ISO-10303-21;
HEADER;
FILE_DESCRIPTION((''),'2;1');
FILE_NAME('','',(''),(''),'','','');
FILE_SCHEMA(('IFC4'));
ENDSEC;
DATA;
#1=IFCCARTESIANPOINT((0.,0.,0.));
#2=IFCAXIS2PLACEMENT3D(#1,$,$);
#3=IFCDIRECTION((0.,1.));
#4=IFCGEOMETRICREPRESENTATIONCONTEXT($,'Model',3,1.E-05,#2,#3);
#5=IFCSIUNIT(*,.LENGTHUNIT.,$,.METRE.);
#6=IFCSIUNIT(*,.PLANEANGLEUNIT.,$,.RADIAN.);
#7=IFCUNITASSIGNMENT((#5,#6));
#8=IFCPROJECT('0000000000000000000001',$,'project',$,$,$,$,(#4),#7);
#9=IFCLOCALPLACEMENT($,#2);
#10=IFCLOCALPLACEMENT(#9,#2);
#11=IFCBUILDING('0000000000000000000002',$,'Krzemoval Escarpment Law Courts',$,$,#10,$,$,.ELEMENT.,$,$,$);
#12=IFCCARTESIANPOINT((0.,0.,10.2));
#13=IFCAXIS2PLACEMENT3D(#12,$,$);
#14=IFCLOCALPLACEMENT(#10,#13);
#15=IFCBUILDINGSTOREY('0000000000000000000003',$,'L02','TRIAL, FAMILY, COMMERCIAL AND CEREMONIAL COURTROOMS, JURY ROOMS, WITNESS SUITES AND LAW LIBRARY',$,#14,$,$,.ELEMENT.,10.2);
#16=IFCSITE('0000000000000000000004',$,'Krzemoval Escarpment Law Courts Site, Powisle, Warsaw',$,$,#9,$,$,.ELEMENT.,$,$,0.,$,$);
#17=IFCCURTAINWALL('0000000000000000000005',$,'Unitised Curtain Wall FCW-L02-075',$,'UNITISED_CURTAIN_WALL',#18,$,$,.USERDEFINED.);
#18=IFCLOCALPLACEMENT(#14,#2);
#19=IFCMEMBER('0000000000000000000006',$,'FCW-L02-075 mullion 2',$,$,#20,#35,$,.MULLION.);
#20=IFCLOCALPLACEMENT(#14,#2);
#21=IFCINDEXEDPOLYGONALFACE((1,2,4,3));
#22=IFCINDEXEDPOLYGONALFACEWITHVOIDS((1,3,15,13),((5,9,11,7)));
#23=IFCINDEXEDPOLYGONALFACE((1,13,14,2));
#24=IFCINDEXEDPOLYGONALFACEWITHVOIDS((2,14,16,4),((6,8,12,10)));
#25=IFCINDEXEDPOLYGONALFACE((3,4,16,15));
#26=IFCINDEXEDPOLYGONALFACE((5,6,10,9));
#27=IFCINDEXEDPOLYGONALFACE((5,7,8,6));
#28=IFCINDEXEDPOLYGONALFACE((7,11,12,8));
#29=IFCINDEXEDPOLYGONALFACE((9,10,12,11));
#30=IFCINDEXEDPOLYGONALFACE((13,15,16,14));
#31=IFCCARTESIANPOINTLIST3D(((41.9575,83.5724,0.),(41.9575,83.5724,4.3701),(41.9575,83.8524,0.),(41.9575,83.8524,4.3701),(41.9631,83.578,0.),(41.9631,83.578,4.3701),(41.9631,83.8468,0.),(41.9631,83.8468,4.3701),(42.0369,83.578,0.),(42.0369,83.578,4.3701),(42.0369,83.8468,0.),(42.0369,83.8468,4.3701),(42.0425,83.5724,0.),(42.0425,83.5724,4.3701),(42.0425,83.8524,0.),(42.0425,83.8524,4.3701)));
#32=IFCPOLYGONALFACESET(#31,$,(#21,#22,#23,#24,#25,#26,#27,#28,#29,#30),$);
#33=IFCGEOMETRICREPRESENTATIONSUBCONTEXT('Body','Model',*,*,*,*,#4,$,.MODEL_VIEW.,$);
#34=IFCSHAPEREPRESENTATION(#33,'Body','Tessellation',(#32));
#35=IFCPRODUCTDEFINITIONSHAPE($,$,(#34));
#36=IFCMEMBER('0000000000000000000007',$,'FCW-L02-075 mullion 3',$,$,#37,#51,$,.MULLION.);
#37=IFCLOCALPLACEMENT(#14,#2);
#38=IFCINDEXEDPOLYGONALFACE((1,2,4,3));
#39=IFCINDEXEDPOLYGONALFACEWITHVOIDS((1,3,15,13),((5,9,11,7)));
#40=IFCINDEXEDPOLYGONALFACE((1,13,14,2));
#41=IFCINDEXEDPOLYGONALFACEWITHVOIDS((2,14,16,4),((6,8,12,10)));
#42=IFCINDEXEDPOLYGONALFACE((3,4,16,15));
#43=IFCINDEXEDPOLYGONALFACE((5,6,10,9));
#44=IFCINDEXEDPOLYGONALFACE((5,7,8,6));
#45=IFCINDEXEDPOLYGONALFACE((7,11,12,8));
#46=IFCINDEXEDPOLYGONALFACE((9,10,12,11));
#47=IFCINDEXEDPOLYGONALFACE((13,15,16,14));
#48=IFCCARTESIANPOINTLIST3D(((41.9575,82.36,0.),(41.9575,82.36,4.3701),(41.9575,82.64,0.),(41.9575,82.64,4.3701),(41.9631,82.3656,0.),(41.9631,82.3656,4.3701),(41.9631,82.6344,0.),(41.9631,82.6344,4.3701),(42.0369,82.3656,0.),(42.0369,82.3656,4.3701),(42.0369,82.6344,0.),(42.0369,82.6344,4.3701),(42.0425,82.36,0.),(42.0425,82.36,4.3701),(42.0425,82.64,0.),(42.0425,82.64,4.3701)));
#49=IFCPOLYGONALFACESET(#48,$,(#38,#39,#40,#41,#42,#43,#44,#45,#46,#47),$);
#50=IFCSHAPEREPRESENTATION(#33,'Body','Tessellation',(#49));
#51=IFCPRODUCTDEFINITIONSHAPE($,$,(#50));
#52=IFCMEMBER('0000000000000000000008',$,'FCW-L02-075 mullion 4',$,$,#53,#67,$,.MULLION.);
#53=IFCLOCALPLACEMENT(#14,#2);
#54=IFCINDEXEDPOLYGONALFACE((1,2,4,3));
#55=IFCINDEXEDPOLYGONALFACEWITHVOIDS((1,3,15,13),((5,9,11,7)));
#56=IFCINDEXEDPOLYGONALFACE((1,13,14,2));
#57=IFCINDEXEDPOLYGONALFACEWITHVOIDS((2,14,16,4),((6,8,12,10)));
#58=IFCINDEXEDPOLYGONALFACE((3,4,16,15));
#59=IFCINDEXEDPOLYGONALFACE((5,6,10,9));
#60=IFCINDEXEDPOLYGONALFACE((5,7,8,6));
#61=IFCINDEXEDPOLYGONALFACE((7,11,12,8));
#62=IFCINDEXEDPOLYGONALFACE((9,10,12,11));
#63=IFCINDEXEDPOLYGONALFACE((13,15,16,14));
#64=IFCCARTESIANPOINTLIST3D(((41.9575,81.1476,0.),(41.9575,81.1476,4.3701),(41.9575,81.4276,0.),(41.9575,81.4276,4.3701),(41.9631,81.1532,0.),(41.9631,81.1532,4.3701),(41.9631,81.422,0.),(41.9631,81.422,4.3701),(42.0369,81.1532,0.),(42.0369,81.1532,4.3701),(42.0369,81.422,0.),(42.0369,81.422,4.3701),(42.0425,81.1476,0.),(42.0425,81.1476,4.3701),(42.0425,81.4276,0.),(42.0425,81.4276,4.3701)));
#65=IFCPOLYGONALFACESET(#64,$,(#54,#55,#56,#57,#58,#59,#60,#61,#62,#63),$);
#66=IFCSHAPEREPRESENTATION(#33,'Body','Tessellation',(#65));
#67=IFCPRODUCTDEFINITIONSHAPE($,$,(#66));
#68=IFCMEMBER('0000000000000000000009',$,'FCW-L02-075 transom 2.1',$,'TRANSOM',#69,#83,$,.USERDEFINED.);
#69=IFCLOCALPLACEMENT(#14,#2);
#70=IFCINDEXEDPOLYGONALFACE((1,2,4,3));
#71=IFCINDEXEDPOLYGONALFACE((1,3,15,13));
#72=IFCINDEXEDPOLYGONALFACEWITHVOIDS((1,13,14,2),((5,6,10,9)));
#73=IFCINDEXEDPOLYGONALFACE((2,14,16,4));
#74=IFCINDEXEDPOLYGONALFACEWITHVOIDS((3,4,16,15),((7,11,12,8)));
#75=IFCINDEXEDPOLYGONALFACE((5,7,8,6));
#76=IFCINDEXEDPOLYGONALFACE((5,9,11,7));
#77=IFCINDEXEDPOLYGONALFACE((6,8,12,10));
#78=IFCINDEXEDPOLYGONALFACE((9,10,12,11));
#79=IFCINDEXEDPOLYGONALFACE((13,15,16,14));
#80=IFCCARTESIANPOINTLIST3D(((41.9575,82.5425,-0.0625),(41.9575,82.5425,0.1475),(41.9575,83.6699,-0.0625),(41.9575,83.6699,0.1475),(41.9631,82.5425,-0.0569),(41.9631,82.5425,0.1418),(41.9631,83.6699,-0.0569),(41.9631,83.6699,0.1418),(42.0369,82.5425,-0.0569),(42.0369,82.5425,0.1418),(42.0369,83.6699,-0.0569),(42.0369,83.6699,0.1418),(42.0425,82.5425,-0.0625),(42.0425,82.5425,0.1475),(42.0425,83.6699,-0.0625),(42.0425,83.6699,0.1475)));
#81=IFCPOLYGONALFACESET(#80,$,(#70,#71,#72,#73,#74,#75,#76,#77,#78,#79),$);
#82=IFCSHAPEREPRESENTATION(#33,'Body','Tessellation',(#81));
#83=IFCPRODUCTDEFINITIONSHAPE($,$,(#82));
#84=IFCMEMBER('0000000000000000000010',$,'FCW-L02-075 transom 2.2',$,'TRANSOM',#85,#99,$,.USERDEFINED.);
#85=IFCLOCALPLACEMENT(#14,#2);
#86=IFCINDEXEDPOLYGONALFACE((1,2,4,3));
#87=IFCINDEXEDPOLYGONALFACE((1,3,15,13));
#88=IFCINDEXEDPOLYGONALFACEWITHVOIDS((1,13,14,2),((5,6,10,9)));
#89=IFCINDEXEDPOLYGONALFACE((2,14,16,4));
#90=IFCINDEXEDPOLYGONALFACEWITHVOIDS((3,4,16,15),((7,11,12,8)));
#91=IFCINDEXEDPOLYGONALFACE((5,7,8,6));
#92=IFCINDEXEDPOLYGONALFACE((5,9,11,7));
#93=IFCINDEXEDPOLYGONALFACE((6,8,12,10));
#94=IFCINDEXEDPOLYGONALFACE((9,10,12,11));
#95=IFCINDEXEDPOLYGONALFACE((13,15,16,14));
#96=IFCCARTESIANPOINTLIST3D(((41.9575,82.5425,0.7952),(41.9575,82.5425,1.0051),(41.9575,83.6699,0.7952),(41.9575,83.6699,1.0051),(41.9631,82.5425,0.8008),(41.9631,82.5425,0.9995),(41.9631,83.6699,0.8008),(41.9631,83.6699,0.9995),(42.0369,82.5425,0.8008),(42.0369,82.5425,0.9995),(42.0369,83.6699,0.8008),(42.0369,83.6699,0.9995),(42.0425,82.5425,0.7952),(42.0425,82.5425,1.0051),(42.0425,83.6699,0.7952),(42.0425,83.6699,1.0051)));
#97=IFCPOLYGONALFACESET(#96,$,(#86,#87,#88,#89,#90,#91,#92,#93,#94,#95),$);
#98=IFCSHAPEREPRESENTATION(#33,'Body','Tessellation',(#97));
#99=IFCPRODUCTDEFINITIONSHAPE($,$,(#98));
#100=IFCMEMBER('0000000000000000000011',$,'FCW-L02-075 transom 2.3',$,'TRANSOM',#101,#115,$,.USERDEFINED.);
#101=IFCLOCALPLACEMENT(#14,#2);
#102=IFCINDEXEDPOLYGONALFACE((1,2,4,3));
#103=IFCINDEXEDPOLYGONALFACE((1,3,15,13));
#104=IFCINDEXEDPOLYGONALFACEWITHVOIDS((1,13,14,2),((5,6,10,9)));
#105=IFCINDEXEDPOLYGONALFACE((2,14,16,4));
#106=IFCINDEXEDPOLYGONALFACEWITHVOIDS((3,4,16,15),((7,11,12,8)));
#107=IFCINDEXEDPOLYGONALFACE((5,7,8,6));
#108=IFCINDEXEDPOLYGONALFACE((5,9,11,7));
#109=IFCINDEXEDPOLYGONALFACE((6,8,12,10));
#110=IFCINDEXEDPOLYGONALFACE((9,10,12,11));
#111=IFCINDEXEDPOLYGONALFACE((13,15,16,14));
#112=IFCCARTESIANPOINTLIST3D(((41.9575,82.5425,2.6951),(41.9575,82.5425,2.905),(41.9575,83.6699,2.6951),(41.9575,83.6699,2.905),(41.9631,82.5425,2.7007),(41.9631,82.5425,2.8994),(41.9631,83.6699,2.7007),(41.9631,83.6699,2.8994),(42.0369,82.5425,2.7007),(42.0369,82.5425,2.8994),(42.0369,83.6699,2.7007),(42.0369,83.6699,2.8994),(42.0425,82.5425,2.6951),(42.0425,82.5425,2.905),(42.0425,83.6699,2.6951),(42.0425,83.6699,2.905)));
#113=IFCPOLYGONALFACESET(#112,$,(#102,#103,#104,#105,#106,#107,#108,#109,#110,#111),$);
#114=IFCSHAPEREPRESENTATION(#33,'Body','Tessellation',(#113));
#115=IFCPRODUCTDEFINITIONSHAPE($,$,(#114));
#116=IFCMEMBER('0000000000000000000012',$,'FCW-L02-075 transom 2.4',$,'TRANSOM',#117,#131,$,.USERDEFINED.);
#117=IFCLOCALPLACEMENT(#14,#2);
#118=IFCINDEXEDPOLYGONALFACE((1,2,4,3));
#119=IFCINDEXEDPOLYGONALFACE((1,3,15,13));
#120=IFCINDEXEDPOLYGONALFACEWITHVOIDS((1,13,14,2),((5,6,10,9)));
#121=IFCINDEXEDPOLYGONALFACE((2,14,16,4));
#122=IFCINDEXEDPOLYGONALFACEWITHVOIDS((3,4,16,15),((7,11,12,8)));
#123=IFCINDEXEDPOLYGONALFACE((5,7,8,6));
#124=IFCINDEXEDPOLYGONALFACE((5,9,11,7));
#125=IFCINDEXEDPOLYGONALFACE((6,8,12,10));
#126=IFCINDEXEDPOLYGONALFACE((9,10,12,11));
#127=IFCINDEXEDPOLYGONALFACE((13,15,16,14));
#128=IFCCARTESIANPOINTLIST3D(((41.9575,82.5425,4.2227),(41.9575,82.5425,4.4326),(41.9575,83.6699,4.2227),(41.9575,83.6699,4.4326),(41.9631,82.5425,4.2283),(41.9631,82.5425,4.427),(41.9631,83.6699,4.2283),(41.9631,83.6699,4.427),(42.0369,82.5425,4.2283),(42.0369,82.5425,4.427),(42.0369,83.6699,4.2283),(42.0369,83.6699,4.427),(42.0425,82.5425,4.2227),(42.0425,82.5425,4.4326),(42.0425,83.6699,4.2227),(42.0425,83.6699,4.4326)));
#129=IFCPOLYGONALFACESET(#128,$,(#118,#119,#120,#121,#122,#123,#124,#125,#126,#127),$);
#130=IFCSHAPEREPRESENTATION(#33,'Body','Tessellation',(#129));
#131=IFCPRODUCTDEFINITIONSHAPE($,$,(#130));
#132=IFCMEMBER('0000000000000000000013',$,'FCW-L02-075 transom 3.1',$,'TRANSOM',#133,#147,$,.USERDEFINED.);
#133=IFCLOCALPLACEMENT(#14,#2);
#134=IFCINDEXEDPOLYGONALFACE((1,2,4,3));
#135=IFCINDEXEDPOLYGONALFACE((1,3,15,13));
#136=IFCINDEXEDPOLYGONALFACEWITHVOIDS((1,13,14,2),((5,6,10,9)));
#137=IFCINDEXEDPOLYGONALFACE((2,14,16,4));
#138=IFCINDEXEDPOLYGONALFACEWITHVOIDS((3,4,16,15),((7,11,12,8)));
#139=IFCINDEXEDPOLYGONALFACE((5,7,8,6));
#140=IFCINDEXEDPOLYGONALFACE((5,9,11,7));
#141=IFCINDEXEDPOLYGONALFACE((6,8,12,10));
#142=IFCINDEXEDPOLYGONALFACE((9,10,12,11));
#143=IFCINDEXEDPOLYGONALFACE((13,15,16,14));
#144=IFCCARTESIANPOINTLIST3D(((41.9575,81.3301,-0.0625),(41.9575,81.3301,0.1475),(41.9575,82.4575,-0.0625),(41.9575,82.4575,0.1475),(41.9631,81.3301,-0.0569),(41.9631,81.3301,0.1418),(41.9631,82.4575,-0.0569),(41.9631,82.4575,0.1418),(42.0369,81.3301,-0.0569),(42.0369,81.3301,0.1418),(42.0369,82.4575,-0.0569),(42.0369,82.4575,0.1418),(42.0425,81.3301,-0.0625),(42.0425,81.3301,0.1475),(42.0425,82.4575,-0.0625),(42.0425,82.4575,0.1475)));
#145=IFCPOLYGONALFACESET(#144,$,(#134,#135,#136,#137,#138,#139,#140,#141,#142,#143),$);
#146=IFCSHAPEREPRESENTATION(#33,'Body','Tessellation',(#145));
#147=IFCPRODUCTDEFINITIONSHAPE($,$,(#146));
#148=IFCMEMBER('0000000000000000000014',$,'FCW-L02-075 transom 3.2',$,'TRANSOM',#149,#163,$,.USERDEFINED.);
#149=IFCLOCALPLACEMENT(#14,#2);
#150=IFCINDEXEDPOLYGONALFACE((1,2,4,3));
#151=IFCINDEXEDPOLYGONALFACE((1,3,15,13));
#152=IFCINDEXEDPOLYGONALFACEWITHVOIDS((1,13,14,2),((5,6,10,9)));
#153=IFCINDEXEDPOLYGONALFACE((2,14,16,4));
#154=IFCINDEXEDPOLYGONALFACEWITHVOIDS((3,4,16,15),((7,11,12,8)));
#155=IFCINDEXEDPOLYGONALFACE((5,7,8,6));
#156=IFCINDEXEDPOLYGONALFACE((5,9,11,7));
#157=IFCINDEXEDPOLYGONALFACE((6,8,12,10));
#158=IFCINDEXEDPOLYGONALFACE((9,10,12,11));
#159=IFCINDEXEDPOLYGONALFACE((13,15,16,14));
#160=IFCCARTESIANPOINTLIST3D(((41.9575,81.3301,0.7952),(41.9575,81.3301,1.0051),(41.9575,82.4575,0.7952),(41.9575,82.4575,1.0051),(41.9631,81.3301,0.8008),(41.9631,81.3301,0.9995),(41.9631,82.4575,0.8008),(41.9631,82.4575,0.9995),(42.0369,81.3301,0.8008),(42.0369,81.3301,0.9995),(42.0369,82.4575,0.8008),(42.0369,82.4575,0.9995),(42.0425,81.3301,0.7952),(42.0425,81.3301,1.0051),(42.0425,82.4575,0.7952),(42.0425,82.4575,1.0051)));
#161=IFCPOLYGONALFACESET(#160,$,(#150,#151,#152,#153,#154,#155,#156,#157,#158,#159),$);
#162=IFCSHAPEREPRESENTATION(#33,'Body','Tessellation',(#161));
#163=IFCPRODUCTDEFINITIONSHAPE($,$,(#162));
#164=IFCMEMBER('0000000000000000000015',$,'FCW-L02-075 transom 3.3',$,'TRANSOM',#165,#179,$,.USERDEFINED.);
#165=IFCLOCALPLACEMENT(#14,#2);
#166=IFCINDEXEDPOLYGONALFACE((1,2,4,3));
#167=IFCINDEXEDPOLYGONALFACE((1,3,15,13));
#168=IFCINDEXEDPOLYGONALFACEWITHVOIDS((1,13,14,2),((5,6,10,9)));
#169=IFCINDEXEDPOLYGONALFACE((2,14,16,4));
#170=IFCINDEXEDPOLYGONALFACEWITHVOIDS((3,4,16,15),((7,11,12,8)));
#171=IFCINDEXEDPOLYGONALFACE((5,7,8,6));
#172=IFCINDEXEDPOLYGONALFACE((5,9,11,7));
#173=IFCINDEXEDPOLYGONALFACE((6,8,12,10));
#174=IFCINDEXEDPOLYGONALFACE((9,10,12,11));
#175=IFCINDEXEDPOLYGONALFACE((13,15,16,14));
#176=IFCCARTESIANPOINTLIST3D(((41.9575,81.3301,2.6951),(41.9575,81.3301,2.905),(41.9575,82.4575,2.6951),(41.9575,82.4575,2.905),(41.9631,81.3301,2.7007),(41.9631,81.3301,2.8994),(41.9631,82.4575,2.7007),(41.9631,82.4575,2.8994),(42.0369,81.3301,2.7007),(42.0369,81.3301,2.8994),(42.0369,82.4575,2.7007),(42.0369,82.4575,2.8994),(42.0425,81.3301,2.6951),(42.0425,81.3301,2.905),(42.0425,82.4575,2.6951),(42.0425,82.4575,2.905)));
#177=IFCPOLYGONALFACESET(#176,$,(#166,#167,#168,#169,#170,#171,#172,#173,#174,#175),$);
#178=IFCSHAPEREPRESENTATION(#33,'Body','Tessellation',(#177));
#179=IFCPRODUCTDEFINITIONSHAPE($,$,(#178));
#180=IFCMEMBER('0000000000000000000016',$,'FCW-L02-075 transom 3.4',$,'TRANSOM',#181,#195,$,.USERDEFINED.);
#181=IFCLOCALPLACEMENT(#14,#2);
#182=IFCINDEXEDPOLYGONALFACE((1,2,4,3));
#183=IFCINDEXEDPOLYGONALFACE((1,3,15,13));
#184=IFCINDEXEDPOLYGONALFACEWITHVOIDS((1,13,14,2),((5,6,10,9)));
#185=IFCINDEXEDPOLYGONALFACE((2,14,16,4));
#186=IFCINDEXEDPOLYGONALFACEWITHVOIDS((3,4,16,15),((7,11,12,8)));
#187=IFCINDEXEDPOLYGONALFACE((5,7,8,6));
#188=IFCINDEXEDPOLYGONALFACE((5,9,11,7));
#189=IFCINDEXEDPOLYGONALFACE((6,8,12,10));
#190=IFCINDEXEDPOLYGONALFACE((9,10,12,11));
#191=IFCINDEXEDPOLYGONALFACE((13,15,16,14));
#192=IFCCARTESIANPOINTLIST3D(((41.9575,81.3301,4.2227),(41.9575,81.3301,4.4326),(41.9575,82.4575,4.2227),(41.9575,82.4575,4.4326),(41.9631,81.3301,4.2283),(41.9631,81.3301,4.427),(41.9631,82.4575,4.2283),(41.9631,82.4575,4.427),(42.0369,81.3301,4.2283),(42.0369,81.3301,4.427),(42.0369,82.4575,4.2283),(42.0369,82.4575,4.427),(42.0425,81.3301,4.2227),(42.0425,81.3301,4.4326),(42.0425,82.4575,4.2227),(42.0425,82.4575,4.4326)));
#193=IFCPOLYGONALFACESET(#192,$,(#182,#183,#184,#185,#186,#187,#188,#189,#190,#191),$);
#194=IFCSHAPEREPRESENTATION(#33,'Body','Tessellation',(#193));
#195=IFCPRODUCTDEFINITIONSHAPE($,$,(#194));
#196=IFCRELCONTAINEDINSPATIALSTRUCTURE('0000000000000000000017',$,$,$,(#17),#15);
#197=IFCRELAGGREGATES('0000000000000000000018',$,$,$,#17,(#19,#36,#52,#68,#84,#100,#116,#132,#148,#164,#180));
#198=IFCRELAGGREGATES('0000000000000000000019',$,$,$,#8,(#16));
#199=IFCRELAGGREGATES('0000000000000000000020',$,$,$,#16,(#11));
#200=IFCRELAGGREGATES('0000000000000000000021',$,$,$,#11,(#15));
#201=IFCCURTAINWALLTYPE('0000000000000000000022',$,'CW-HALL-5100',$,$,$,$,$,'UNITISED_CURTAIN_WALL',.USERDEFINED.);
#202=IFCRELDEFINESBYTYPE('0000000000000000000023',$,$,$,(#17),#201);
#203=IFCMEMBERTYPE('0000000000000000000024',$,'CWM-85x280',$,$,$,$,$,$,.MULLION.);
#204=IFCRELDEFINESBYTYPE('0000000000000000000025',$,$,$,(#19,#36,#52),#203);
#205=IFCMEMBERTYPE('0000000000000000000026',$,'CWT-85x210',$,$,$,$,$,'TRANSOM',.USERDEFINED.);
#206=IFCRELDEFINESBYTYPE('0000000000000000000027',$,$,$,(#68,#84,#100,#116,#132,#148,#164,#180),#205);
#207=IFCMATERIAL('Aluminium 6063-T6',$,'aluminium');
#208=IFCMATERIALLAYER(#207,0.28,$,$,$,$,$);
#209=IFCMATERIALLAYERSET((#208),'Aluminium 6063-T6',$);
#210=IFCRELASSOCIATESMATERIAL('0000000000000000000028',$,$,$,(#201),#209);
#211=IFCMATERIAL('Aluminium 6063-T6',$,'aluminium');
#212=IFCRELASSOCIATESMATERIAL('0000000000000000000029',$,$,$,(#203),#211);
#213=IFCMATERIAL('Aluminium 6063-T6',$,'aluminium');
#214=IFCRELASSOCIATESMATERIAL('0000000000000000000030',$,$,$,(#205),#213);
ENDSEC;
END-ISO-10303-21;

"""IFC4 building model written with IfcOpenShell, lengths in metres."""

from ifc_helpers import new_model, si_unit, direction, frame, origin, origin_2d, place, context, subcontext, project, spatial, hollow_rectangle, extrude, material, layer, layer_set, material_profile, profile_set, type_object, element, aggregate, save


model = new_model("IFC4")

# Units and contexts
model_context = context("Model", 3, precision=1e-05, world=origin(), true_north=direction((0.0, 1.0)))
body_context = subcontext(model_context, "Body", "Model", "MODEL_VIEW")
ifc_project = project(units=[si_unit("LENGTHUNIT", "METRE"), si_unit("PLANEANGLEUNIT", "RADIAN")], contexts=[model_context])

# Site, building, storey
site_placement = place(None, origin())
site = spatial("IfcSite", under=ifc_project, at=site_placement, Name="Krzemoval Escarpment Law Courts Site, Powisle, Warsaw", CompositionType="ELEMENT", RefElevation=0.0)
building_placement = place(site_placement, origin())
building = spatial("IfcBuilding", under=site, at=building_placement, Name="Krzemoval Escarpment Law Courts", CompositionType="ELEMENT")
storey_placement = place(building_placement, frame((0.0, 0.0, 10.2)))
storey = spatial("IfcBuildingStorey", under=building, at=storey_placement, Name="L02", Description="TRIAL, FAMILY, COMMERCIAL AND CEREMONIAL COURTROOMS, JURY ROOMS, WITNESS SUITES AND LAW LIBRARY", CompositionType="ELEMENT", Elevation=10.2)

# Curtain wall, members
ifc_material_1 = material(Name="Aluminium 6063-T6", Category="aluminium")
ifc_layer_1 = layer(ifc_material_1, 0.28)
ifc_layer_set_1 = layer_set([ifc_layer_1], Name="Aluminium 6063-T6")
curtain_wall_type = type_object("IfcCurtainWallType", Name="CW-HALL-5100", ElementType="UNITISED_CURTAIN_WALL", PredefinedType="USERDEFINED", material=ifc_layer_set_1)
curtain_wall_placement = place(storey_placement, origin())
curtain_wall = element("IfcCurtainWall", 1, at=curtain_wall_placement, inside=storey, type_object=curtain_wall_type, Name="Unitised Curtain Wall FCW-L02-075", ObjectType="UNITISED_CURTAIN_WALL", PredefinedType="USERDEFINED")
ifc_material_2 = material(Name="Aluminium 6063-T6", Category="aluminium")
ifc_material_profile_1 = material_profile(ifc_material_2, hollow_rectangle(XDim=0.085, YDim=0.28, WallThickness=0.0056, at=origin_2d()), Name="ALU M85x280")
ifc_profile_set_1 = profile_set([ifc_material_profile_1], Name="Aluminium 6063-T6")
member_type_1 = type_object("IfcMemberType", Name="CWM-85x280", PredefinedType="MULLION", material=ifc_profile_set_1)
member_1_placement = place(storey_placement, frame((42.0, 83.7124, 0.0), z_axis=(0.0, 0.0, 1.0), x_axis=(1.0, 0.0, 0.0)))
member_1 = element("IfcMember", 2, at=member_1_placement, type_object=member_type_1, Name="FCW-L02-075 mullion 2", PredefinedType="MULLION", context=body_context, shape_type="SweptSolid", body=[
    extrude(hollow_rectangle(XDim=0.085, YDim=0.28, WallThickness=0.0056, at=origin_2d()), origin(), (0.0, 0.0, 1.0), 4.3701),
])
member_2_placement = place(storey_placement, frame((42.0, 82.5, 0.0), z_axis=(0.0, 0.0, 1.0), x_axis=(1.0, 0.0, 0.0)))
member_2 = element("IfcMember", 3, at=member_2_placement, type_object=member_type_1, Name="FCW-L02-075 mullion 3", PredefinedType="MULLION", context=body_context, shape_type="SweptSolid", body=[
    extrude(hollow_rectangle(XDim=0.085, YDim=0.28, WallThickness=0.0056, at=origin_2d()), origin(), (0.0, 0.0, 1.0), 4.3701),
])
member_3_placement = place(storey_placement, frame((42.0, 81.2876, 0.0), z_axis=(0.0, 0.0, 1.0), x_axis=(1.0, 0.0, 0.0)))
member_3 = element("IfcMember", 4, at=member_3_placement, type_object=member_type_1, Name="FCW-L02-075 mullion 4", PredefinedType="MULLION", context=body_context, shape_type="SweptSolid", body=[
    extrude(hollow_rectangle(XDim=0.085, YDim=0.28, WallThickness=0.0056, at=origin_2d()), origin(), (0.0, 0.0, 1.0), 4.3701),
])
ifc_material_3 = material(Name="Aluminium 6063-T6", Category="aluminium")
ifc_material_profile_2 = material_profile(ifc_material_3, hollow_rectangle(XDim=0.085, YDim=0.21, WallThickness=0.0056, at=origin_2d()), Name="ALU T85x210")
ifc_profile_set_2 = profile_set([ifc_material_profile_2], Name="Aluminium 6063-T6")
member_type_2 = type_object("IfcMemberType", Name="CWT-85x210", ElementType="TRANSOM", PredefinedType="USERDEFINED", material=ifc_profile_set_2)
member_4_placement = place(storey_placement, frame((42.0, 83.6699, 0.0425), z_axis=(0.0, -1.0, 0.0), x_axis=(1.0, 0.0, 0.0)))
member_4 = element("IfcMember", 5, at=member_4_placement, type_object=member_type_2, Name="FCW-L02-075 transom 2.1", ObjectType="TRANSOM", PredefinedType="USERDEFINED", context=body_context, shape_type="SweptSolid", body=[
    extrude(hollow_rectangle(XDim=0.085, YDim=0.21, WallThickness=0.0056, at=origin_2d()), origin(), (0.0, 0.0, 1.0), 1.1274),
])
member_5_placement = place(storey_placement, frame((42.0, 83.6699, 0.9001), z_axis=(0.0, -1.0, 0.0), x_axis=(1.0, 0.0, 0.0)))
member_5 = element("IfcMember", 6, at=member_5_placement, type_object=member_type_2, Name="FCW-L02-075 transom 2.2", ObjectType="TRANSOM", PredefinedType="USERDEFINED", context=body_context, shape_type="SweptSolid", body=[
    extrude(hollow_rectangle(XDim=0.085, YDim=0.21, WallThickness=0.0056, at=origin_2d()), origin(), (0.0, 0.0, 1.0), 1.1274),
])
member_6_placement = place(storey_placement, frame((42.0, 83.6699, 2.8), z_axis=(0.0, -1.0, 0.0), x_axis=(1.0, 0.0, 0.0)))
member_6 = element("IfcMember", 7, at=member_6_placement, type_object=member_type_2, Name="FCW-L02-075 transom 2.3", ObjectType="TRANSOM", PredefinedType="USERDEFINED", context=body_context, shape_type="SweptSolid", body=[
    extrude(hollow_rectangle(XDim=0.085, YDim=0.21, WallThickness=0.0056, at=origin_2d()), origin(), (0.0, 0.0, 1.0), 1.1274),
])
member_7_placement = place(storey_placement, frame((42.0, 83.6699, 4.3276), z_axis=(0.0, -1.0, 0.0), x_axis=(1.0, 0.0, 0.0)))
member_7 = element("IfcMember", 8, at=member_7_placement, type_object=member_type_2, Name="FCW-L02-075 transom 2.4", ObjectType="TRANSOM", PredefinedType="USERDEFINED", context=body_context, shape_type="SweptSolid", body=[
    extrude(hollow_rectangle(XDim=0.085, YDim=0.21, WallThickness=0.0056, at=origin_2d()), origin(), (0.0, 0.0, 1.0), 1.1274),
])
member_8_placement = place(storey_placement, frame((42.0, 82.4575, 0.0425), z_axis=(0.0, -1.0, 0.0), x_axis=(1.0, 0.0, 0.0)))
member_8 = element("IfcMember", 9, at=member_8_placement, type_object=member_type_2, Name="FCW-L02-075 transom 3.1", ObjectType="TRANSOM", PredefinedType="USERDEFINED", context=body_context, shape_type="SweptSolid", body=[
    extrude(hollow_rectangle(XDim=0.085, YDim=0.21, WallThickness=0.0056, at=origin_2d()), origin(), (0.0, 0.0, 1.0), 1.1274),
])
member_9_placement = place(storey_placement, frame((42.0, 82.4575, 0.9001), z_axis=(0.0, -1.0, 0.0), x_axis=(1.0, 0.0, 0.0)))
member_9 = element("IfcMember", 10, at=member_9_placement, type_object=member_type_2, Name="FCW-L02-075 transom 3.2", ObjectType="TRANSOM", PredefinedType="USERDEFINED", context=body_context, shape_type="SweptSolid", body=[
    extrude(hollow_rectangle(XDim=0.085, YDim=0.21, WallThickness=0.0056, at=origin_2d()), origin(), (0.0, 0.0, 1.0), 1.1274),
])
member_10_placement = place(storey_placement, frame((42.0, 82.4575, 2.8), z_axis=(0.0, -1.0, 0.0), x_axis=(1.0, 0.0, 0.0)))
member_10 = element("IfcMember", 11, at=member_10_placement, type_object=member_type_2, Name="FCW-L02-075 transom 3.3", ObjectType="TRANSOM", PredefinedType="USERDEFINED", context=body_context, shape_type="SweptSolid", body=[
    extrude(hollow_rectangle(XDim=0.085, YDim=0.21, WallThickness=0.0056, at=origin_2d()), origin(), (0.0, 0.0, 1.0), 1.1274),
])
member_11_placement = place(storey_placement, frame((42.0, 82.4575, 4.3276), z_axis=(0.0, -1.0, 0.0), x_axis=(1.0, 0.0, 0.0)))
member_11 = element("IfcMember", 12, at=member_11_placement, type_object=member_type_2, Name="FCW-L02-075 transom 3.4", ObjectType="TRANSOM", PredefinedType="USERDEFINED", context=body_context, shape_type="SweptSolid", body=[
    extrude(hollow_rectangle(XDim=0.085, YDim=0.21, WallThickness=0.0056, at=origin_2d()), origin(), (0.0, 0.0, 1.0), 1.1274),
])

aggregate(curtain_wall, [member_1, member_2, member_3, member_4, member_5, member_6, member_7, member_8, member_9, member_10, member_11])

save(model, "model.ifc")
